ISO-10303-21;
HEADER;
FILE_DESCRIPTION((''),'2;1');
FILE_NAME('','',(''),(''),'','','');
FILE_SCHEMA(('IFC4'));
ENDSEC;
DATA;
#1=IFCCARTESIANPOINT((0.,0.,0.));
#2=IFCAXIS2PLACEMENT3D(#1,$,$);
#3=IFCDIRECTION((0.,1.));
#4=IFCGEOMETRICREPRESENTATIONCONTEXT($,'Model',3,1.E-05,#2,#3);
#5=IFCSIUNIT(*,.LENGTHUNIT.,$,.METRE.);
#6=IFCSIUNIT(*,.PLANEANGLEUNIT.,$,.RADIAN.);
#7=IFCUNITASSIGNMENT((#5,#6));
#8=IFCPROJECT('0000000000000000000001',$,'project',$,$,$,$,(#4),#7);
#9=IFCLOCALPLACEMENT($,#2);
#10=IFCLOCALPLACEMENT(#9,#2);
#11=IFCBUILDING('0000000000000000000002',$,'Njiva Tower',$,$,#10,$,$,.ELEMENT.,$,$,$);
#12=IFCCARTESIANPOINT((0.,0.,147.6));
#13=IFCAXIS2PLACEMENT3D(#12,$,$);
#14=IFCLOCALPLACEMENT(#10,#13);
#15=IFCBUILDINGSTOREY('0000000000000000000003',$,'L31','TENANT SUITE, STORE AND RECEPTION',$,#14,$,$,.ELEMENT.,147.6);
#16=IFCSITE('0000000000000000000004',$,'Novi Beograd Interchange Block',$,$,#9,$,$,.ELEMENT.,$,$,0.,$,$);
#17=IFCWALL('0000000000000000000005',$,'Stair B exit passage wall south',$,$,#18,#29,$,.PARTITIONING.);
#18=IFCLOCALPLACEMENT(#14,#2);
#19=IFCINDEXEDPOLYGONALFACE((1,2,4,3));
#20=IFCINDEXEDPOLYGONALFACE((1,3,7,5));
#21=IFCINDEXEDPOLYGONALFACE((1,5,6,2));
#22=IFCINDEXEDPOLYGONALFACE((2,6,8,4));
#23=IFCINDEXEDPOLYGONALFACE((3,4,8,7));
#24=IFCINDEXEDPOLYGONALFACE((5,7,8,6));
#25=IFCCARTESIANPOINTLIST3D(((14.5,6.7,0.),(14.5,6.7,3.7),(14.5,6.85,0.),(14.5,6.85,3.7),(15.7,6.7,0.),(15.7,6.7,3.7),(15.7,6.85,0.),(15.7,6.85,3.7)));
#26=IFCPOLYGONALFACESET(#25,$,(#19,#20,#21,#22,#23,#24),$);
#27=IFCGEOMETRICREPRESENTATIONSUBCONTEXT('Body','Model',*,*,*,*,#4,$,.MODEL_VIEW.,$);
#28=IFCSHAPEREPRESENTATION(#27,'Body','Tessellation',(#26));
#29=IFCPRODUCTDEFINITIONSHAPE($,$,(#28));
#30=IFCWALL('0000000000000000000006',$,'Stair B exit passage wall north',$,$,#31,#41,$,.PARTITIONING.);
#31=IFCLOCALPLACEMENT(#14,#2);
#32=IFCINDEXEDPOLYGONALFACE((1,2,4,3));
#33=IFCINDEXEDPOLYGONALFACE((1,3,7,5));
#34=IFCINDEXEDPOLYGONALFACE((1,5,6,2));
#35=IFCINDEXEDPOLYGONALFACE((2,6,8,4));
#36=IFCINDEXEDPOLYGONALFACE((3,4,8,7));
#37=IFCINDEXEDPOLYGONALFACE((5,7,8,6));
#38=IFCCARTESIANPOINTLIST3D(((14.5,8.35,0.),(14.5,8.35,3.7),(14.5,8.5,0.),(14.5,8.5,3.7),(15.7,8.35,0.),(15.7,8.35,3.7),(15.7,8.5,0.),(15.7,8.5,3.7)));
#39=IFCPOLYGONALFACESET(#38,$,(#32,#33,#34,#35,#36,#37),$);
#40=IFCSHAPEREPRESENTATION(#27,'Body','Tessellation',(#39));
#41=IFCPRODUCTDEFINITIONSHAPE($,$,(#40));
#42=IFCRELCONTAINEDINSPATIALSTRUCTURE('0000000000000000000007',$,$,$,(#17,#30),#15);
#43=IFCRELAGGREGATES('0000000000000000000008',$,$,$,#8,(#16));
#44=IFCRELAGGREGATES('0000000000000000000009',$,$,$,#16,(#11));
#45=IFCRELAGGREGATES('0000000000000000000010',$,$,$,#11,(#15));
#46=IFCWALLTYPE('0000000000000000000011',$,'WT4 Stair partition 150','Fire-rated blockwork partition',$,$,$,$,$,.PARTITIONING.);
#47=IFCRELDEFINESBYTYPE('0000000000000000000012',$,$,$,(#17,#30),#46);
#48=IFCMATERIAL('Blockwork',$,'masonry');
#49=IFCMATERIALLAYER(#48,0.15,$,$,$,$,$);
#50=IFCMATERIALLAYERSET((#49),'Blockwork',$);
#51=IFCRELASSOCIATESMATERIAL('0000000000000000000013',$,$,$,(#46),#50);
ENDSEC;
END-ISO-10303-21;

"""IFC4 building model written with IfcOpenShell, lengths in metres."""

from ifc_helpers import new_model, si_unit, direction, frame, frame_2d, origin, place, context, subcontext, project, spatial, rectangle, extrude, material, layer, layer_set, type_object, element, save


model = new_model("IFC4")

# Units and contexts
model_context = context("Model", 3, precision=1e-05, world=origin(), true_north=direction((0.0, 1.0)))
body_context = subcontext(model_context, "Body", "Model", "MODEL_VIEW")
ifc_project = project(units=[si_unit("LENGTHUNIT", "METRE"), si_unit("PLANEANGLEUNIT", "RADIAN")], contexts=[model_context])

# Site, building, storey
site_placement = place(None, origin())
site = spatial("IfcSite", under=ifc_project, at=site_placement, Name="Novi Beograd Interchange Block", CompositionType="ELEMENT", RefElevation=0.0)
building_placement = place(site_placement, origin())
building = spatial("IfcBuilding", under=site, at=building_placement, Name="Njiva Tower", CompositionType="ELEMENT")
storey_placement = place(building_placement, frame((0.0, 0.0, 147.6)))
storey = spatial("IfcBuildingStorey", under=building, at=storey_placement, Name="L31", Description="TENANT SUITE, STORE AND RECEPTION", CompositionType="ELEMENT", Elevation=147.6)

# Shared definitions
ifc_material_1 = material(Name="Blockwork", Category="masonry")

# Walls
ifc_layer_1 = layer(ifc_material_1, 0.15)
ifc_layer_set_1 = layer_set([ifc_layer_1], Name="Blockwork")
wall_type_1 = type_object("IfcWallType", Name="WT4 Stair partition 150", Description="Fire-rated blockwork partition", PredefinedType="PARTITIONING", material=ifc_layer_set_1)
for number, where, z_axis, x_axis, name in (
    (1, (14.5, 6.775, 0.0), (0.0, 0.0, 1.0), (1.0, 0.0, 0.0), "Stair B exit passage wall south"),
    (2, (14.5, 8.425, 0.0), (0.0, 0.0, 1.0), (1.0, 0.0, 0.0), "Stair B exit passage wall north"),
):
    element("IfcWall", number, at=place(storey_placement, frame(where, z_axis=z_axis, x_axis=x_axis)), inside=storey, type_object=wall_type_1, Name=name, PredefinedType="PARTITIONING", context=body_context, shape_type="SweptSolid", body=[
        extrude(rectangle(XDim=1.2, YDim=0.15, at=frame_2d((0.6, 0.0))), origin(), (0.0, 0.0, 1.0), 3.7),
    ])

save(model, "model.ifc")
